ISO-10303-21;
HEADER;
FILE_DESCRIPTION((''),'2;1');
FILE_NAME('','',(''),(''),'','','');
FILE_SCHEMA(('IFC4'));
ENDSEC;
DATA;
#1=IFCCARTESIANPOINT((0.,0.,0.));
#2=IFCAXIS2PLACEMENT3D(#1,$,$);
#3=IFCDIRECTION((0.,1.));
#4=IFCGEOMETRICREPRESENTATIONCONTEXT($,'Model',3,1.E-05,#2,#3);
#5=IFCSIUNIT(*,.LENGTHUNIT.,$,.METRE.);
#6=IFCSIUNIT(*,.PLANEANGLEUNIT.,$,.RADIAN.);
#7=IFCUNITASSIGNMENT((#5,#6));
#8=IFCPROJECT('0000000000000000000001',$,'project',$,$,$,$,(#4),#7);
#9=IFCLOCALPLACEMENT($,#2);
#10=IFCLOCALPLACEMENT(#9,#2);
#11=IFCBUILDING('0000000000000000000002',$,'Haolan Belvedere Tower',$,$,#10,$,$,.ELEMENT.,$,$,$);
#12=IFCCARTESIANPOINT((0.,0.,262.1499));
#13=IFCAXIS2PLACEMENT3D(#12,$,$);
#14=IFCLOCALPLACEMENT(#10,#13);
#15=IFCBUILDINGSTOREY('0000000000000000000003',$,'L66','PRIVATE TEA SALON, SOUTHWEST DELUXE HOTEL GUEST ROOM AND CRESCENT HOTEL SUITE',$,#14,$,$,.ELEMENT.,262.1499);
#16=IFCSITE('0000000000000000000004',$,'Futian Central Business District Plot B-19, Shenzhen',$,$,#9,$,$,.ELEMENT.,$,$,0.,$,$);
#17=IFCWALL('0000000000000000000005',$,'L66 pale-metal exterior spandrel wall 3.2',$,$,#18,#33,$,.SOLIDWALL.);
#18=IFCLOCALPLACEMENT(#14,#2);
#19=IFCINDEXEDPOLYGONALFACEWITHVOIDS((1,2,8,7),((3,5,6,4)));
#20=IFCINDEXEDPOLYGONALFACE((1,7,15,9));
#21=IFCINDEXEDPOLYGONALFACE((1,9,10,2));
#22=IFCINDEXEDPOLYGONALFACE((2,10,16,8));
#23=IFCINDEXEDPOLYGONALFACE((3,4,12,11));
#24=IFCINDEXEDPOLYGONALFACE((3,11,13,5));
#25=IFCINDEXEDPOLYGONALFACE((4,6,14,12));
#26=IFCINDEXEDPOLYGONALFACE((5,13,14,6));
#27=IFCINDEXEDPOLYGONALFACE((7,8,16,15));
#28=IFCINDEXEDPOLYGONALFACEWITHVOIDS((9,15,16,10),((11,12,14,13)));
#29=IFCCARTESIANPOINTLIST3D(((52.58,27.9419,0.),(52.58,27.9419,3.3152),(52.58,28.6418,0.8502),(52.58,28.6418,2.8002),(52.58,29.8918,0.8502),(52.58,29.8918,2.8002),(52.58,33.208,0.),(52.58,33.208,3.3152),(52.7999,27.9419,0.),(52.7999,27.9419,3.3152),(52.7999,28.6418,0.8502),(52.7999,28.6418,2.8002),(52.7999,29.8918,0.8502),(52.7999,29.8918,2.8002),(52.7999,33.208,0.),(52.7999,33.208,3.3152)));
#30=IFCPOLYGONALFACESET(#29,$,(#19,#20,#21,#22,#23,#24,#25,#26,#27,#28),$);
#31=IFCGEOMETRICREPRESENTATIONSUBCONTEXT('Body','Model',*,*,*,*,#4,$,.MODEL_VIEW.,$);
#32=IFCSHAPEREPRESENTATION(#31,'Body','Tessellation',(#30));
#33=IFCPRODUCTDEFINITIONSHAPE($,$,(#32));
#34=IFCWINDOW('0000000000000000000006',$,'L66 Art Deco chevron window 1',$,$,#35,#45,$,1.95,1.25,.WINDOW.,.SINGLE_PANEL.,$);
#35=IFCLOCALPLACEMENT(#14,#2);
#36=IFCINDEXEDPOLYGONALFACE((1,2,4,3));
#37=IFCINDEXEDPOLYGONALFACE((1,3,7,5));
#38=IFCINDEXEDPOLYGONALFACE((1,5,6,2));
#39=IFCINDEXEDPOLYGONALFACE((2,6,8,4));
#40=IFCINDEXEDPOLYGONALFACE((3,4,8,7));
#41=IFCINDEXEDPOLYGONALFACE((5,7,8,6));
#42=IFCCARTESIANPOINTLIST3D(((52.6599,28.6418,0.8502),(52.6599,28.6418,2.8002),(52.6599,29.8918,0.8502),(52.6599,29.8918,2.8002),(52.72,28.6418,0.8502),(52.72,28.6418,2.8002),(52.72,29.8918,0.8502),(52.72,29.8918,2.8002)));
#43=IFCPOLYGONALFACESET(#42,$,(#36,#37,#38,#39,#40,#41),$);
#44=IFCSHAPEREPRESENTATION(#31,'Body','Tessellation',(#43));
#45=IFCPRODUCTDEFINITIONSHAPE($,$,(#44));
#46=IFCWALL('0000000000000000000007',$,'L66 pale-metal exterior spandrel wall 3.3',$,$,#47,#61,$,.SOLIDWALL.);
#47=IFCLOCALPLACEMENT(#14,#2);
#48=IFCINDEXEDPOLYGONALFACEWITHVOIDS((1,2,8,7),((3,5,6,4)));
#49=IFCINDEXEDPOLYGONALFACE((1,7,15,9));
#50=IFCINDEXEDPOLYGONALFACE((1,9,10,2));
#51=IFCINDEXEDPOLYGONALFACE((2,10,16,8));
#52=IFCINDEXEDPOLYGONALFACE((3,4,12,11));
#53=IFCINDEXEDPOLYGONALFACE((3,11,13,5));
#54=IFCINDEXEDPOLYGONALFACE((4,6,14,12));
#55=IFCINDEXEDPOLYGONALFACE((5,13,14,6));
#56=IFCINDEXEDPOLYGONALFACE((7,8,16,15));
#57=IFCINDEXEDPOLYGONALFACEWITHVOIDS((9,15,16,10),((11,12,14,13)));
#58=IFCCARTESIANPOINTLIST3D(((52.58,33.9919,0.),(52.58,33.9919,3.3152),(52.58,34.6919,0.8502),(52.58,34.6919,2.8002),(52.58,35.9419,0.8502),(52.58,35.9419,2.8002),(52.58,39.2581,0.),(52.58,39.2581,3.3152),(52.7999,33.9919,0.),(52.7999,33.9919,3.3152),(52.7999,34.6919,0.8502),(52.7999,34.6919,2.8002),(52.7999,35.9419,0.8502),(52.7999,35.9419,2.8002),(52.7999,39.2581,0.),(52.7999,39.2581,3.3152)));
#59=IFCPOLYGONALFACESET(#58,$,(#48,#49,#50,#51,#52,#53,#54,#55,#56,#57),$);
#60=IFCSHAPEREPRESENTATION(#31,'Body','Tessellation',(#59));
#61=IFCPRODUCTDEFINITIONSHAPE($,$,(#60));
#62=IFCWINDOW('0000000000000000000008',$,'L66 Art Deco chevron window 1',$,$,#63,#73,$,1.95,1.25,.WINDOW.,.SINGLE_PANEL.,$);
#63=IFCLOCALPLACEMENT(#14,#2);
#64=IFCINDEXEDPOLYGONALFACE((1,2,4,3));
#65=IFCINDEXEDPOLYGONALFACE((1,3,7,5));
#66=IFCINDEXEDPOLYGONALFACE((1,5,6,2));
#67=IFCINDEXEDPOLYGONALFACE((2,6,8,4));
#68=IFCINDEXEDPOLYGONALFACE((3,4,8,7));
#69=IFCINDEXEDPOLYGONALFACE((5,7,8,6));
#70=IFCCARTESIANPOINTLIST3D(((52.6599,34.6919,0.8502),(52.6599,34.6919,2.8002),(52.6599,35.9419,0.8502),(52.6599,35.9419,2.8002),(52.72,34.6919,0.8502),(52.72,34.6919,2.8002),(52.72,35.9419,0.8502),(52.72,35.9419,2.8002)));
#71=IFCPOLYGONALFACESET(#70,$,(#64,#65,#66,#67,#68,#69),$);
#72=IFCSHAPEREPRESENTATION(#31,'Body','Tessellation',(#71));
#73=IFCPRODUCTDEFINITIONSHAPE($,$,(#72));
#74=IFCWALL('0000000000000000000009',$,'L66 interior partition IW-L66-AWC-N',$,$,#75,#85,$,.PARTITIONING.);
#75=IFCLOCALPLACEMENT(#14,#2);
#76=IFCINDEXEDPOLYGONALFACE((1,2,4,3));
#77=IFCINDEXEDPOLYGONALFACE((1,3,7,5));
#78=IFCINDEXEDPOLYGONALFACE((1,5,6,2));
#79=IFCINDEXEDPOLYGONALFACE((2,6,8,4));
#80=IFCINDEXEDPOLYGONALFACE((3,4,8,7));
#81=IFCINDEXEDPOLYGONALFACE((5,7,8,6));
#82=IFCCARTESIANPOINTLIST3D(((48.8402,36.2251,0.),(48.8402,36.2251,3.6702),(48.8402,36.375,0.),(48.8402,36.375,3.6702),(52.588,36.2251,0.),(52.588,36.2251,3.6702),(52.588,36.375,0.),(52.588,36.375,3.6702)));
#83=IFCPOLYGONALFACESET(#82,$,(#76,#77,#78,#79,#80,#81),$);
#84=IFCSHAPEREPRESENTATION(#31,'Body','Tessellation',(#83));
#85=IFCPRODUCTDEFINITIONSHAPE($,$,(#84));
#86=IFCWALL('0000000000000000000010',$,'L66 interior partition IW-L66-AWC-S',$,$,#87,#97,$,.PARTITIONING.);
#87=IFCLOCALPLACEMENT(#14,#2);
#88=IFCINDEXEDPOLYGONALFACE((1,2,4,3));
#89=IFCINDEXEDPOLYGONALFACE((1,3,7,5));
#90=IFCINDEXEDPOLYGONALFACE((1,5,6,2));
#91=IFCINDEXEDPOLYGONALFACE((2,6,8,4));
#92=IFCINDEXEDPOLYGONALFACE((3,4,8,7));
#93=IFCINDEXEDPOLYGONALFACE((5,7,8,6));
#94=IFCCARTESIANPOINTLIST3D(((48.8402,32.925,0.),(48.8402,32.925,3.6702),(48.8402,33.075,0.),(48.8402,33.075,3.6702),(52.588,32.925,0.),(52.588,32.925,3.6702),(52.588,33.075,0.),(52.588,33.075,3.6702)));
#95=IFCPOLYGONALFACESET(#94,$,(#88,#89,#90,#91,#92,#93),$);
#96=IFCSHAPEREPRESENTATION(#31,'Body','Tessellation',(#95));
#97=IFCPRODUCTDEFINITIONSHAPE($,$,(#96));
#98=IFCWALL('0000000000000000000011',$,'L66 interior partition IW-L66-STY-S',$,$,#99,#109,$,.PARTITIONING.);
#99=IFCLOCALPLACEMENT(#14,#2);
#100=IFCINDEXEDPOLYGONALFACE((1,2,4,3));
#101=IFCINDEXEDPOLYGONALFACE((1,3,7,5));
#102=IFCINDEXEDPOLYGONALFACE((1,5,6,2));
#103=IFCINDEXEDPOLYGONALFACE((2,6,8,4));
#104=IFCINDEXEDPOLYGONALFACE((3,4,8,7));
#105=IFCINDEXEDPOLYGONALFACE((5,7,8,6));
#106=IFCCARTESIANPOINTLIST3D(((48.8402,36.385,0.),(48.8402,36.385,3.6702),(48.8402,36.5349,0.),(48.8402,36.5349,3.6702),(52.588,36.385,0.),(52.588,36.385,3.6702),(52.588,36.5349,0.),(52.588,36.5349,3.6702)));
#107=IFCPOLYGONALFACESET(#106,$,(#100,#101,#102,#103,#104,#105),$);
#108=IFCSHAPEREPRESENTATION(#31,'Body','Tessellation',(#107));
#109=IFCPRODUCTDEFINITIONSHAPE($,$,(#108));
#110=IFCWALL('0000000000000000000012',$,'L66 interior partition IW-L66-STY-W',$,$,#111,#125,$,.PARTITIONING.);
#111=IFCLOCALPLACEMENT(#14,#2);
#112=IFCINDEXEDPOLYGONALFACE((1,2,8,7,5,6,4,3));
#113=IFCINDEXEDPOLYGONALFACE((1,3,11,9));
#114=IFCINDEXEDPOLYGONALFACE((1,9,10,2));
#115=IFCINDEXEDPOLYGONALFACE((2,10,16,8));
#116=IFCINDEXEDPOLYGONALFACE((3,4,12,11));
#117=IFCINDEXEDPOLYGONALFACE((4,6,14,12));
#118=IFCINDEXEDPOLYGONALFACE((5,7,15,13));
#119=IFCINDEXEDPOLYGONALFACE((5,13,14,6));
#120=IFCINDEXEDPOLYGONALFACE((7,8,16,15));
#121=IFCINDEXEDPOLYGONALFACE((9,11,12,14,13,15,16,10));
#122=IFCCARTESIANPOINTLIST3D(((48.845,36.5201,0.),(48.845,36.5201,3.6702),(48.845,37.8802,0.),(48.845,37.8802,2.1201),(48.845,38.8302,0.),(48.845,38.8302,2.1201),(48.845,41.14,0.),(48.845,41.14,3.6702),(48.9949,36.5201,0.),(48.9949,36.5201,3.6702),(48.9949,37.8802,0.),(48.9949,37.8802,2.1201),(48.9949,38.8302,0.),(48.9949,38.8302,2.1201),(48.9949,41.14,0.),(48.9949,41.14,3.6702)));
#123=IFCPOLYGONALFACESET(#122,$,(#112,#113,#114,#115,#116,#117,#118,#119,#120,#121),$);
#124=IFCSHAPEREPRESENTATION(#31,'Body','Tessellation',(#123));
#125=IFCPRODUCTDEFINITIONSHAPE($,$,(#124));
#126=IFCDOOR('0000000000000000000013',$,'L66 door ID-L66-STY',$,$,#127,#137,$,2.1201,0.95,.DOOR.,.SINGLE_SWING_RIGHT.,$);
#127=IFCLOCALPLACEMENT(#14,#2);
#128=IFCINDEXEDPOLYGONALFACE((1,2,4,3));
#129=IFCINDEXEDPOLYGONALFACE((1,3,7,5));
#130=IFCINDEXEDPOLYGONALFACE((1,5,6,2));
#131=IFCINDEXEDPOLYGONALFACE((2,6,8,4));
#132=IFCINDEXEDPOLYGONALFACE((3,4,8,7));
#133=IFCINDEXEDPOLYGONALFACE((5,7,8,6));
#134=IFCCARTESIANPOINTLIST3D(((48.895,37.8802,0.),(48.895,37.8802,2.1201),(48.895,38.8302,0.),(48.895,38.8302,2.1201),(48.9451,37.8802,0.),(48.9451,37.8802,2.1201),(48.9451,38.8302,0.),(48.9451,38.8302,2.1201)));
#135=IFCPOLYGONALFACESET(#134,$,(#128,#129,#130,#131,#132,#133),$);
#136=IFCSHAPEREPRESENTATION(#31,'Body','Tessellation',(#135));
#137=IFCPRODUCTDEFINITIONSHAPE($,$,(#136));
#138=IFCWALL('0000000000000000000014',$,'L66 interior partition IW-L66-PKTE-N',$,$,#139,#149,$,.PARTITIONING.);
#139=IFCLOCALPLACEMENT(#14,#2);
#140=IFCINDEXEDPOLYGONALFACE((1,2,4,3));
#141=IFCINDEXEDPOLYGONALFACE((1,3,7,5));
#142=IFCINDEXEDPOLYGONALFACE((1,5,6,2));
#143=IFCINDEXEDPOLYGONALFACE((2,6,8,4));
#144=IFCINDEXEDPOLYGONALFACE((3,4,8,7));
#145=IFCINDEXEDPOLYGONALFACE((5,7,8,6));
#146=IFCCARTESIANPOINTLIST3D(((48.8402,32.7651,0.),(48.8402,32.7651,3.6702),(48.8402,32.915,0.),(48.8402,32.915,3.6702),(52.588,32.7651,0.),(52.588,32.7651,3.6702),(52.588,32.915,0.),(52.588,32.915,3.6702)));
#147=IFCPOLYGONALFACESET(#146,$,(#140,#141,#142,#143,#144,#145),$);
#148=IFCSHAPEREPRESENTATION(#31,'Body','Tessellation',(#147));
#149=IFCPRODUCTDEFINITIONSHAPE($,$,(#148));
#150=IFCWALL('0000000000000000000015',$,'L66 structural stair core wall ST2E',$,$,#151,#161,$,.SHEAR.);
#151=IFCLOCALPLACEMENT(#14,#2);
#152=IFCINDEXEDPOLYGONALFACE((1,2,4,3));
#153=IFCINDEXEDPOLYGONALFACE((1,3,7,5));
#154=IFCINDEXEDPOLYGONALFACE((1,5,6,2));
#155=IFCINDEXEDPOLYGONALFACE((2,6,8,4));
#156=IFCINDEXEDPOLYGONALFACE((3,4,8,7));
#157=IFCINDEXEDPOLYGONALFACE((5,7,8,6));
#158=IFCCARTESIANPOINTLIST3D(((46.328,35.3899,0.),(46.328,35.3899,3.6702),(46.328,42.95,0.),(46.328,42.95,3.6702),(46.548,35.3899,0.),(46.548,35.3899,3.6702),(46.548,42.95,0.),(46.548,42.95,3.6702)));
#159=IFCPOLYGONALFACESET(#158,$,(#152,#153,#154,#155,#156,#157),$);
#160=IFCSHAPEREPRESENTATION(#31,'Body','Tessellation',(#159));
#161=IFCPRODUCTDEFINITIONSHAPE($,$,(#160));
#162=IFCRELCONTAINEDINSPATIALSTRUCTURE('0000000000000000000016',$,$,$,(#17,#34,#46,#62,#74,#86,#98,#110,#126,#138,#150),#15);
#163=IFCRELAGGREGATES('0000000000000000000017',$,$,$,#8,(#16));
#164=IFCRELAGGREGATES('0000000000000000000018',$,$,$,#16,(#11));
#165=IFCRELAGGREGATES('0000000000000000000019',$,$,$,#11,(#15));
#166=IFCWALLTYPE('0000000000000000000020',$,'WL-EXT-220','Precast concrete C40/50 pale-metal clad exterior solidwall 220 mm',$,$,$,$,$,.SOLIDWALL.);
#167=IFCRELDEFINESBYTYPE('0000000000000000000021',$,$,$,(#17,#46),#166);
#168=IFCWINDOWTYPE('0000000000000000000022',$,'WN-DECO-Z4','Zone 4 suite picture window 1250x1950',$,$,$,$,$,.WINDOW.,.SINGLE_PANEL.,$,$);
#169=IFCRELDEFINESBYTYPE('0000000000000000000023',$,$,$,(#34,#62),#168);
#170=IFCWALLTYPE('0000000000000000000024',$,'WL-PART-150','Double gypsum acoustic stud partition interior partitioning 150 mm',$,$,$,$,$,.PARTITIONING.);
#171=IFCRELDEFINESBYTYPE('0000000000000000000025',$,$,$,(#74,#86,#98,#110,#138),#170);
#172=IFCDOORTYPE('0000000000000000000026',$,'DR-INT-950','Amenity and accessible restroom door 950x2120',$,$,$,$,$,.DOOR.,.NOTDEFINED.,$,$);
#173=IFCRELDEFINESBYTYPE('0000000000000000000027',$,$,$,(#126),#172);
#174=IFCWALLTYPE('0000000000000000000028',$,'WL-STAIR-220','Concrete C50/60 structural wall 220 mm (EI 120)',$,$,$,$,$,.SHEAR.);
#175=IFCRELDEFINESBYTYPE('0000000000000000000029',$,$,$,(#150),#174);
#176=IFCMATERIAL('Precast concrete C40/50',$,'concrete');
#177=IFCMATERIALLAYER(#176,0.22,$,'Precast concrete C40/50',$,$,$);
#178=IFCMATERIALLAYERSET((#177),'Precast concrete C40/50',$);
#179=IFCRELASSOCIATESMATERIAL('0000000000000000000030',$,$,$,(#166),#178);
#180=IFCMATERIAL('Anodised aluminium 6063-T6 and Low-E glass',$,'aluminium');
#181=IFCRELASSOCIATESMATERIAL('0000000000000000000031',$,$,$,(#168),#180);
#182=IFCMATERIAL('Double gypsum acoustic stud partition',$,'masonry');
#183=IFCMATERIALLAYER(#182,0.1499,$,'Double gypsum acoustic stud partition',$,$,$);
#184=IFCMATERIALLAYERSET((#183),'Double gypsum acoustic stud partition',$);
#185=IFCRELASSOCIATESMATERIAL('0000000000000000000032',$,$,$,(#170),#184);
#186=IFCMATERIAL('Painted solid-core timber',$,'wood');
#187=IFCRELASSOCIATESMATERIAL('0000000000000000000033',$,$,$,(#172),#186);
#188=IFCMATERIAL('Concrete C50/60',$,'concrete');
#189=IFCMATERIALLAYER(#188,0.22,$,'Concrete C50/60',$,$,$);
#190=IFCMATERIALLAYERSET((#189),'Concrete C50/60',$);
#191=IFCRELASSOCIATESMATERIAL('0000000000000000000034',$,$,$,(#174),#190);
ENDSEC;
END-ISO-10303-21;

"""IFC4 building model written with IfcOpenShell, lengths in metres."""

from ifc_helpers import new_model, si_unit, direction, frame, frame_2d, origin, place, context, subcontext, project, spatial, rectangle, extrude, material, layer, layer_set, type_object, element, fill, save


model = new_model("IFC4")

# Units and contexts
model_context = context("Model", 3, precision=1e-05, world=origin(), true_north=direction((0.0, 1.0)))
body_context = subcontext(model_context, "Body", "Model", "MODEL_VIEW")
ifc_project = project(units=[si_unit("LENGTHUNIT", "METRE"), si_unit("PLANEANGLEUNIT", "RADIAN")], contexts=[model_context])

# Site, building, storey
site_placement = place(None, origin())
site = spatial("IfcSite", under=ifc_project, at=site_placement, Name="Futian Central Business District Plot B-19, Shenzhen", CompositionType="ELEMENT", RefElevation=0.0)
building_placement = place(site_placement, origin())
building = spatial("IfcBuilding", under=site, at=building_placement, Name="Haolan Belvedere Tower", CompositionType="ELEMENT")
storey_placement = place(building_placement, frame((0.0, 0.0, 262.1499)))
storey = spatial("IfcBuildingStorey", under=building, at=storey_placement, Name="L66", Description="PRIVATE TEA SALON, SOUTHWEST DELUXE HOTEL GUEST ROOM AND CRESCENT HOTEL SUITE", CompositionType="ELEMENT", Elevation=262.1499)

# Shared definitions
ifc_material_1 = material(Name="Concrete C50/60", Category="concrete")

# Walls, openings, windows
ifc_material_2 = material(Name="Precast concrete C40/50", Category="concrete")
ifc_layer_1 = layer(ifc_material_2, 0.22, Name="Precast concrete C40/50")
ifc_layer_set_1 = layer_set([ifc_layer_1], Name="Precast concrete C40/50")
wall_type_1 = type_object("IfcWallType", Name="WL-EXT-220", Description="Precast concrete C40/50 pale-metal clad exterior solidwall 220 mm", PredefinedType="SOLIDWALL", material=ifc_layer_set_1)
wall_1_placement = place(storey_placement, frame((52.6899, 27.9419, 0.0), z_axis=(0.0, 0.0, 1.0), x_axis=(0.0, 1.0, 0.0)))
wall_1 = element("IfcWall", 1, at=wall_1_placement, inside=storey, type_object=wall_type_1, Name="L66 pale-metal exterior spandrel wall 3.2", PredefinedType="SOLIDWALL", context=body_context, shape_type="SweptSolid", body=[
    extrude(rectangle(XDim=5.2661, YDim=0.22, at=frame_2d((2.6331, 0.0))), origin(), (0.0, 0.0, 1.0), 3.3152),
])
opening_1_placement = place(wall_1_placement, frame((0.7, 0.0, 0.8501)))
opening_1 = element("IfcOpeningElement", 2, at=opening_1_placement, cuts=wall_1, PredefinedType="OPENING", context=body_context, shape_type="SweptSolid", body=[
    extrude(rectangle(XDim=1.25, YDim=1.95, at=frame_2d((0.625, 0.9751))), frame((0.0, 0.1199, 0.0), z_axis=(0.0, -1.0, 0.0), x_axis=(1.0, 0.0, 0.0)), (0.0, 0.0, 1.0), 0.24),
])
ifc_material_3 = material(Name="Anodised aluminium 6063-T6 and Low-E glass", Category="aluminium")
window_type = type_object("IfcWindowType", Name="WN-DECO-Z4", Description="Zone 4 suite picture window 1250x1950", PartitioningType="SINGLE_PANEL", PredefinedType="WINDOW", material=ifc_material_3)
window_1_placement = place(opening_1_placement, origin())
window_1 = element("IfcWindow", 3, at=window_1_placement, inside=storey, type_object=window_type, Name="L66 Art Deco chevron window 1", OverallHeight=1.95, OverallWidth=1.25, PartitioningType="SINGLE_PANEL", PredefinedType="WINDOW", context=body_context, shape_type="SweptSolid", body=[
    extrude(rectangle(XDim=1.25, YDim=1.95, at=frame_2d((0.625, 0.9751))), frame((0.0, 0.03, 0.0), z_axis=(0.0, -1.0, 0.0), x_axis=(1.0, 0.0, 0.0)), (0.0, 0.0, 1.0), 0.0601),
])
fill(opening_1, window_1)
wall_2_placement = place(storey_placement, frame((52.6899, 33.9919, 0.0), z_axis=(0.0, 0.0, 1.0), x_axis=(0.0, 1.0, 0.0)))
wall_2 = element("IfcWall", 4, at=wall_2_placement, inside=storey, type_object=wall_type_1, Name="L66 pale-metal exterior spandrel wall 3.3", PredefinedType="SOLIDWALL", context=body_context, shape_type="SweptSolid", body=[
    extrude(rectangle(XDim=5.2661, YDim=0.22, at=frame_2d((2.6331, 0.0))), origin(), (0.0, 0.0, 1.0), 3.3152),
])
opening_2_placement = place(wall_2_placement, frame((0.7, 0.0, 0.8501)))
opening_2 = element("IfcOpeningElement", 5, at=opening_2_placement, cuts=wall_2, PredefinedType="OPENING", context=body_context, shape_type="SweptSolid", body=[
    extrude(rectangle(XDim=1.25, YDim=1.95, at=frame_2d((0.625, 0.9751))), frame((0.0, 0.1199, 0.0), z_axis=(0.0, -1.0, 0.0), x_axis=(1.0, 0.0, 0.0)), (0.0, 0.0, 1.0), 0.24),
])
window_2_placement = place(opening_2_placement, origin())
window_2 = element("IfcWindow", 6, at=window_2_placement, inside=storey, type_object=window_type, Name="L66 Art Deco chevron window 1", OverallHeight=1.95, OverallWidth=1.25, PartitioningType="SINGLE_PANEL", PredefinedType="WINDOW", context=body_context, shape_type="SweptSolid", body=[
    extrude(rectangle(XDim=1.25, YDim=1.95, at=frame_2d((0.625, 0.9751))), frame((0.0, 0.03, 0.0), z_axis=(0.0, -1.0, 0.0), x_axis=(1.0, 0.0, 0.0)), (0.0, 0.0, 1.0), 0.0601),
])
fill(opening_2, window_2)

# Walls
ifc_material_4 = material(Name="Double gypsum acoustic stud partition", Category="masonry")
ifc_layer_2 = layer(ifc_material_4, 0.1499, Name="Double gypsum acoustic stud partition")
ifc_layer_set_2 = layer_set([ifc_layer_2], Name="Double gypsum acoustic stud partition")
wall_type_2 = type_object("IfcWallType", Name="WL-PART-150", Description="Double gypsum acoustic stud partition interior partitioning 150 mm", PredefinedType="PARTITIONING", material=ifc_layer_set_2)
for number, where, z_axis, x_axis, name in (
    (7, (48.8401, 36.3, 0.0), (0.0, 0.0, 1.0), (1.0, 0.0, 0.0), "L66 interior partition IW-L66-AWC-N"),
    (8, (48.8401, 33.0, 0.0), (0.0, 0.0, 1.0), (1.0, 0.0, 0.0), "L66 interior partition IW-L66-AWC-S"),
):
    element("IfcWall", number, at=place(storey_placement, frame(where, z_axis=z_axis, x_axis=x_axis)), inside=storey, type_object=wall_type_2, Name=name, PredefinedType="PARTITIONING", context=body_context, shape_type="SweptSolid", body=[
        extrude(rectangle(XDim=3.7478, YDim=0.1499, at=frame_2d((1.874, 0.0))), origin(), (0.0, 0.0, 1.0), 3.6702),
    ])

# Shared definitions
ifc_material_5 = material(Name="Painted solid-core timber", Category="wood")
door_type = type_object("IfcDoorType", Name="DR-INT-950", Description="Amenity and accessible restroom door 950x2120", OperationType="NOTDEFINED", PredefinedType="DOOR", material=ifc_material_5)

# Wall
wall_3_placement = place(storey_placement, frame((48.8401, 36.46, 0.0), z_axis=(0.0, 0.0, 1.0), x_axis=(1.0, 0.0, 0.0)))
element("IfcWall", 9, at=wall_3_placement, inside=storey, type_object=wall_type_2, Name="L66 interior partition IW-L66-STY-S", PredefinedType="PARTITIONING", context=body_context, shape_type="SweptSolid", body=[
    extrude(rectangle(XDim=3.7478, YDim=0.1499, at=frame_2d((1.874, 0.0))), origin(), (0.0, 0.0, 1.0), 3.6702),
])

# Wall, opening, door
wall_4_placement = place(storey_placement, frame((48.9199, 36.52, 0.0), z_axis=(0.0, 0.0, 1.0), x_axis=(0.0, 1.0, 0.0)))
wall_4 = element("IfcWall", 10, at=wall_4_placement, inside=storey, type_object=wall_type_2, Name="L66 interior partition IW-L66-STY-W", PredefinedType="PARTITIONING", context=body_context, shape_type="SweptSolid", body=[
    extrude(rectangle(XDim=4.6199, YDim=0.1499, at=frame_2d((2.3101, 0.0))), origin(), (0.0, 0.0, 1.0), 3.6702),
])
opening_3_placement = place(wall_4_placement, frame((1.3601, 0.0, 0.0)))
opening_3 = element("IfcOpeningElement", 11, at=opening_3_placement, cuts=wall_4, PredefinedType="OPENING", context=body_context, shape_type="SweptSolid", body=[
    extrude(rectangle(XDim=0.95, YDim=2.1201, at=frame_2d((0.4751, 1.0601))), frame((0.0, 0.085, 0.0), z_axis=(0.0, -1.0, 0.0), x_axis=(1.0, 0.0, 0.0)), (0.0, 0.0, 1.0), 0.1699),
])
door_1_placement = place(opening_3_placement, origin())
door_1 = element("IfcDoor", 12, at=door_1_placement, inside=storey, type_object=door_type, Name="L66 door ID-L66-STY", OperationType="SINGLE_SWING_RIGHT", OverallHeight=2.1201, OverallWidth=0.95, PredefinedType="DOOR", context=body_context, shape_type="SweptSolid", body=[
    extrude(rectangle(XDim=0.95, YDim=2.1201, at=frame_2d((0.4751, 1.0601))), frame((0.0, 0.0249, 0.0), z_axis=(0.0, -1.0, 0.0), x_axis=(1.0, 0.0, 0.0)), (0.0, 0.0, 1.0), 0.05),
])
fill(opening_3, door_1)

# Walls
wall_5_placement = place(storey_placement, frame((48.8401, 32.8401, 0.0), z_axis=(0.0, 0.0, 1.0), x_axis=(1.0, 0.0, 0.0)))
element("IfcWall", 13, at=wall_5_placement, inside=storey, type_object=wall_type_2, Name="L66 interior partition IW-L66-PKTE-N", PredefinedType="PARTITIONING", context=body_context, shape_type="SweptSolid", body=[
    extrude(rectangle(XDim=3.7478, YDim=0.1499, at=frame_2d((1.874, 0.0))), origin(), (0.0, 0.0, 1.0), 3.6702),
])
ifc_layer_3 = layer(ifc_material_1, 0.22, Name="Concrete C50/60")
ifc_layer_set_3 = layer_set([ifc_layer_3], Name="Concrete C50/60")
wall_type_3 = type_object("IfcWallType", Name="WL-STAIR-220", Description="Concrete C50/60 structural wall 220 mm (EI 120)", PredefinedType="SHEAR", material=ifc_layer_set_3)
wall_6_placement = place(storey_placement, frame((46.438, 35.3899, 0.0), z_axis=(0.0, 0.0, 1.0), x_axis=(0.0, 1.0, 0.0)))
element("IfcWall", 14, at=wall_6_placement, inside=storey, type_object=wall_type_3, Name="L66 structural stair core wall ST2E", PredefinedType="SHEAR", context=body_context, shape_type="SweptSolid", body=[
    extrude(rectangle(XDim=7.5601, YDim=0.22, at=frame_2d((3.78, 0.0))), origin(), (0.0, 0.0, 1.0), 3.6702),
])

save(model, "model.ifc")
